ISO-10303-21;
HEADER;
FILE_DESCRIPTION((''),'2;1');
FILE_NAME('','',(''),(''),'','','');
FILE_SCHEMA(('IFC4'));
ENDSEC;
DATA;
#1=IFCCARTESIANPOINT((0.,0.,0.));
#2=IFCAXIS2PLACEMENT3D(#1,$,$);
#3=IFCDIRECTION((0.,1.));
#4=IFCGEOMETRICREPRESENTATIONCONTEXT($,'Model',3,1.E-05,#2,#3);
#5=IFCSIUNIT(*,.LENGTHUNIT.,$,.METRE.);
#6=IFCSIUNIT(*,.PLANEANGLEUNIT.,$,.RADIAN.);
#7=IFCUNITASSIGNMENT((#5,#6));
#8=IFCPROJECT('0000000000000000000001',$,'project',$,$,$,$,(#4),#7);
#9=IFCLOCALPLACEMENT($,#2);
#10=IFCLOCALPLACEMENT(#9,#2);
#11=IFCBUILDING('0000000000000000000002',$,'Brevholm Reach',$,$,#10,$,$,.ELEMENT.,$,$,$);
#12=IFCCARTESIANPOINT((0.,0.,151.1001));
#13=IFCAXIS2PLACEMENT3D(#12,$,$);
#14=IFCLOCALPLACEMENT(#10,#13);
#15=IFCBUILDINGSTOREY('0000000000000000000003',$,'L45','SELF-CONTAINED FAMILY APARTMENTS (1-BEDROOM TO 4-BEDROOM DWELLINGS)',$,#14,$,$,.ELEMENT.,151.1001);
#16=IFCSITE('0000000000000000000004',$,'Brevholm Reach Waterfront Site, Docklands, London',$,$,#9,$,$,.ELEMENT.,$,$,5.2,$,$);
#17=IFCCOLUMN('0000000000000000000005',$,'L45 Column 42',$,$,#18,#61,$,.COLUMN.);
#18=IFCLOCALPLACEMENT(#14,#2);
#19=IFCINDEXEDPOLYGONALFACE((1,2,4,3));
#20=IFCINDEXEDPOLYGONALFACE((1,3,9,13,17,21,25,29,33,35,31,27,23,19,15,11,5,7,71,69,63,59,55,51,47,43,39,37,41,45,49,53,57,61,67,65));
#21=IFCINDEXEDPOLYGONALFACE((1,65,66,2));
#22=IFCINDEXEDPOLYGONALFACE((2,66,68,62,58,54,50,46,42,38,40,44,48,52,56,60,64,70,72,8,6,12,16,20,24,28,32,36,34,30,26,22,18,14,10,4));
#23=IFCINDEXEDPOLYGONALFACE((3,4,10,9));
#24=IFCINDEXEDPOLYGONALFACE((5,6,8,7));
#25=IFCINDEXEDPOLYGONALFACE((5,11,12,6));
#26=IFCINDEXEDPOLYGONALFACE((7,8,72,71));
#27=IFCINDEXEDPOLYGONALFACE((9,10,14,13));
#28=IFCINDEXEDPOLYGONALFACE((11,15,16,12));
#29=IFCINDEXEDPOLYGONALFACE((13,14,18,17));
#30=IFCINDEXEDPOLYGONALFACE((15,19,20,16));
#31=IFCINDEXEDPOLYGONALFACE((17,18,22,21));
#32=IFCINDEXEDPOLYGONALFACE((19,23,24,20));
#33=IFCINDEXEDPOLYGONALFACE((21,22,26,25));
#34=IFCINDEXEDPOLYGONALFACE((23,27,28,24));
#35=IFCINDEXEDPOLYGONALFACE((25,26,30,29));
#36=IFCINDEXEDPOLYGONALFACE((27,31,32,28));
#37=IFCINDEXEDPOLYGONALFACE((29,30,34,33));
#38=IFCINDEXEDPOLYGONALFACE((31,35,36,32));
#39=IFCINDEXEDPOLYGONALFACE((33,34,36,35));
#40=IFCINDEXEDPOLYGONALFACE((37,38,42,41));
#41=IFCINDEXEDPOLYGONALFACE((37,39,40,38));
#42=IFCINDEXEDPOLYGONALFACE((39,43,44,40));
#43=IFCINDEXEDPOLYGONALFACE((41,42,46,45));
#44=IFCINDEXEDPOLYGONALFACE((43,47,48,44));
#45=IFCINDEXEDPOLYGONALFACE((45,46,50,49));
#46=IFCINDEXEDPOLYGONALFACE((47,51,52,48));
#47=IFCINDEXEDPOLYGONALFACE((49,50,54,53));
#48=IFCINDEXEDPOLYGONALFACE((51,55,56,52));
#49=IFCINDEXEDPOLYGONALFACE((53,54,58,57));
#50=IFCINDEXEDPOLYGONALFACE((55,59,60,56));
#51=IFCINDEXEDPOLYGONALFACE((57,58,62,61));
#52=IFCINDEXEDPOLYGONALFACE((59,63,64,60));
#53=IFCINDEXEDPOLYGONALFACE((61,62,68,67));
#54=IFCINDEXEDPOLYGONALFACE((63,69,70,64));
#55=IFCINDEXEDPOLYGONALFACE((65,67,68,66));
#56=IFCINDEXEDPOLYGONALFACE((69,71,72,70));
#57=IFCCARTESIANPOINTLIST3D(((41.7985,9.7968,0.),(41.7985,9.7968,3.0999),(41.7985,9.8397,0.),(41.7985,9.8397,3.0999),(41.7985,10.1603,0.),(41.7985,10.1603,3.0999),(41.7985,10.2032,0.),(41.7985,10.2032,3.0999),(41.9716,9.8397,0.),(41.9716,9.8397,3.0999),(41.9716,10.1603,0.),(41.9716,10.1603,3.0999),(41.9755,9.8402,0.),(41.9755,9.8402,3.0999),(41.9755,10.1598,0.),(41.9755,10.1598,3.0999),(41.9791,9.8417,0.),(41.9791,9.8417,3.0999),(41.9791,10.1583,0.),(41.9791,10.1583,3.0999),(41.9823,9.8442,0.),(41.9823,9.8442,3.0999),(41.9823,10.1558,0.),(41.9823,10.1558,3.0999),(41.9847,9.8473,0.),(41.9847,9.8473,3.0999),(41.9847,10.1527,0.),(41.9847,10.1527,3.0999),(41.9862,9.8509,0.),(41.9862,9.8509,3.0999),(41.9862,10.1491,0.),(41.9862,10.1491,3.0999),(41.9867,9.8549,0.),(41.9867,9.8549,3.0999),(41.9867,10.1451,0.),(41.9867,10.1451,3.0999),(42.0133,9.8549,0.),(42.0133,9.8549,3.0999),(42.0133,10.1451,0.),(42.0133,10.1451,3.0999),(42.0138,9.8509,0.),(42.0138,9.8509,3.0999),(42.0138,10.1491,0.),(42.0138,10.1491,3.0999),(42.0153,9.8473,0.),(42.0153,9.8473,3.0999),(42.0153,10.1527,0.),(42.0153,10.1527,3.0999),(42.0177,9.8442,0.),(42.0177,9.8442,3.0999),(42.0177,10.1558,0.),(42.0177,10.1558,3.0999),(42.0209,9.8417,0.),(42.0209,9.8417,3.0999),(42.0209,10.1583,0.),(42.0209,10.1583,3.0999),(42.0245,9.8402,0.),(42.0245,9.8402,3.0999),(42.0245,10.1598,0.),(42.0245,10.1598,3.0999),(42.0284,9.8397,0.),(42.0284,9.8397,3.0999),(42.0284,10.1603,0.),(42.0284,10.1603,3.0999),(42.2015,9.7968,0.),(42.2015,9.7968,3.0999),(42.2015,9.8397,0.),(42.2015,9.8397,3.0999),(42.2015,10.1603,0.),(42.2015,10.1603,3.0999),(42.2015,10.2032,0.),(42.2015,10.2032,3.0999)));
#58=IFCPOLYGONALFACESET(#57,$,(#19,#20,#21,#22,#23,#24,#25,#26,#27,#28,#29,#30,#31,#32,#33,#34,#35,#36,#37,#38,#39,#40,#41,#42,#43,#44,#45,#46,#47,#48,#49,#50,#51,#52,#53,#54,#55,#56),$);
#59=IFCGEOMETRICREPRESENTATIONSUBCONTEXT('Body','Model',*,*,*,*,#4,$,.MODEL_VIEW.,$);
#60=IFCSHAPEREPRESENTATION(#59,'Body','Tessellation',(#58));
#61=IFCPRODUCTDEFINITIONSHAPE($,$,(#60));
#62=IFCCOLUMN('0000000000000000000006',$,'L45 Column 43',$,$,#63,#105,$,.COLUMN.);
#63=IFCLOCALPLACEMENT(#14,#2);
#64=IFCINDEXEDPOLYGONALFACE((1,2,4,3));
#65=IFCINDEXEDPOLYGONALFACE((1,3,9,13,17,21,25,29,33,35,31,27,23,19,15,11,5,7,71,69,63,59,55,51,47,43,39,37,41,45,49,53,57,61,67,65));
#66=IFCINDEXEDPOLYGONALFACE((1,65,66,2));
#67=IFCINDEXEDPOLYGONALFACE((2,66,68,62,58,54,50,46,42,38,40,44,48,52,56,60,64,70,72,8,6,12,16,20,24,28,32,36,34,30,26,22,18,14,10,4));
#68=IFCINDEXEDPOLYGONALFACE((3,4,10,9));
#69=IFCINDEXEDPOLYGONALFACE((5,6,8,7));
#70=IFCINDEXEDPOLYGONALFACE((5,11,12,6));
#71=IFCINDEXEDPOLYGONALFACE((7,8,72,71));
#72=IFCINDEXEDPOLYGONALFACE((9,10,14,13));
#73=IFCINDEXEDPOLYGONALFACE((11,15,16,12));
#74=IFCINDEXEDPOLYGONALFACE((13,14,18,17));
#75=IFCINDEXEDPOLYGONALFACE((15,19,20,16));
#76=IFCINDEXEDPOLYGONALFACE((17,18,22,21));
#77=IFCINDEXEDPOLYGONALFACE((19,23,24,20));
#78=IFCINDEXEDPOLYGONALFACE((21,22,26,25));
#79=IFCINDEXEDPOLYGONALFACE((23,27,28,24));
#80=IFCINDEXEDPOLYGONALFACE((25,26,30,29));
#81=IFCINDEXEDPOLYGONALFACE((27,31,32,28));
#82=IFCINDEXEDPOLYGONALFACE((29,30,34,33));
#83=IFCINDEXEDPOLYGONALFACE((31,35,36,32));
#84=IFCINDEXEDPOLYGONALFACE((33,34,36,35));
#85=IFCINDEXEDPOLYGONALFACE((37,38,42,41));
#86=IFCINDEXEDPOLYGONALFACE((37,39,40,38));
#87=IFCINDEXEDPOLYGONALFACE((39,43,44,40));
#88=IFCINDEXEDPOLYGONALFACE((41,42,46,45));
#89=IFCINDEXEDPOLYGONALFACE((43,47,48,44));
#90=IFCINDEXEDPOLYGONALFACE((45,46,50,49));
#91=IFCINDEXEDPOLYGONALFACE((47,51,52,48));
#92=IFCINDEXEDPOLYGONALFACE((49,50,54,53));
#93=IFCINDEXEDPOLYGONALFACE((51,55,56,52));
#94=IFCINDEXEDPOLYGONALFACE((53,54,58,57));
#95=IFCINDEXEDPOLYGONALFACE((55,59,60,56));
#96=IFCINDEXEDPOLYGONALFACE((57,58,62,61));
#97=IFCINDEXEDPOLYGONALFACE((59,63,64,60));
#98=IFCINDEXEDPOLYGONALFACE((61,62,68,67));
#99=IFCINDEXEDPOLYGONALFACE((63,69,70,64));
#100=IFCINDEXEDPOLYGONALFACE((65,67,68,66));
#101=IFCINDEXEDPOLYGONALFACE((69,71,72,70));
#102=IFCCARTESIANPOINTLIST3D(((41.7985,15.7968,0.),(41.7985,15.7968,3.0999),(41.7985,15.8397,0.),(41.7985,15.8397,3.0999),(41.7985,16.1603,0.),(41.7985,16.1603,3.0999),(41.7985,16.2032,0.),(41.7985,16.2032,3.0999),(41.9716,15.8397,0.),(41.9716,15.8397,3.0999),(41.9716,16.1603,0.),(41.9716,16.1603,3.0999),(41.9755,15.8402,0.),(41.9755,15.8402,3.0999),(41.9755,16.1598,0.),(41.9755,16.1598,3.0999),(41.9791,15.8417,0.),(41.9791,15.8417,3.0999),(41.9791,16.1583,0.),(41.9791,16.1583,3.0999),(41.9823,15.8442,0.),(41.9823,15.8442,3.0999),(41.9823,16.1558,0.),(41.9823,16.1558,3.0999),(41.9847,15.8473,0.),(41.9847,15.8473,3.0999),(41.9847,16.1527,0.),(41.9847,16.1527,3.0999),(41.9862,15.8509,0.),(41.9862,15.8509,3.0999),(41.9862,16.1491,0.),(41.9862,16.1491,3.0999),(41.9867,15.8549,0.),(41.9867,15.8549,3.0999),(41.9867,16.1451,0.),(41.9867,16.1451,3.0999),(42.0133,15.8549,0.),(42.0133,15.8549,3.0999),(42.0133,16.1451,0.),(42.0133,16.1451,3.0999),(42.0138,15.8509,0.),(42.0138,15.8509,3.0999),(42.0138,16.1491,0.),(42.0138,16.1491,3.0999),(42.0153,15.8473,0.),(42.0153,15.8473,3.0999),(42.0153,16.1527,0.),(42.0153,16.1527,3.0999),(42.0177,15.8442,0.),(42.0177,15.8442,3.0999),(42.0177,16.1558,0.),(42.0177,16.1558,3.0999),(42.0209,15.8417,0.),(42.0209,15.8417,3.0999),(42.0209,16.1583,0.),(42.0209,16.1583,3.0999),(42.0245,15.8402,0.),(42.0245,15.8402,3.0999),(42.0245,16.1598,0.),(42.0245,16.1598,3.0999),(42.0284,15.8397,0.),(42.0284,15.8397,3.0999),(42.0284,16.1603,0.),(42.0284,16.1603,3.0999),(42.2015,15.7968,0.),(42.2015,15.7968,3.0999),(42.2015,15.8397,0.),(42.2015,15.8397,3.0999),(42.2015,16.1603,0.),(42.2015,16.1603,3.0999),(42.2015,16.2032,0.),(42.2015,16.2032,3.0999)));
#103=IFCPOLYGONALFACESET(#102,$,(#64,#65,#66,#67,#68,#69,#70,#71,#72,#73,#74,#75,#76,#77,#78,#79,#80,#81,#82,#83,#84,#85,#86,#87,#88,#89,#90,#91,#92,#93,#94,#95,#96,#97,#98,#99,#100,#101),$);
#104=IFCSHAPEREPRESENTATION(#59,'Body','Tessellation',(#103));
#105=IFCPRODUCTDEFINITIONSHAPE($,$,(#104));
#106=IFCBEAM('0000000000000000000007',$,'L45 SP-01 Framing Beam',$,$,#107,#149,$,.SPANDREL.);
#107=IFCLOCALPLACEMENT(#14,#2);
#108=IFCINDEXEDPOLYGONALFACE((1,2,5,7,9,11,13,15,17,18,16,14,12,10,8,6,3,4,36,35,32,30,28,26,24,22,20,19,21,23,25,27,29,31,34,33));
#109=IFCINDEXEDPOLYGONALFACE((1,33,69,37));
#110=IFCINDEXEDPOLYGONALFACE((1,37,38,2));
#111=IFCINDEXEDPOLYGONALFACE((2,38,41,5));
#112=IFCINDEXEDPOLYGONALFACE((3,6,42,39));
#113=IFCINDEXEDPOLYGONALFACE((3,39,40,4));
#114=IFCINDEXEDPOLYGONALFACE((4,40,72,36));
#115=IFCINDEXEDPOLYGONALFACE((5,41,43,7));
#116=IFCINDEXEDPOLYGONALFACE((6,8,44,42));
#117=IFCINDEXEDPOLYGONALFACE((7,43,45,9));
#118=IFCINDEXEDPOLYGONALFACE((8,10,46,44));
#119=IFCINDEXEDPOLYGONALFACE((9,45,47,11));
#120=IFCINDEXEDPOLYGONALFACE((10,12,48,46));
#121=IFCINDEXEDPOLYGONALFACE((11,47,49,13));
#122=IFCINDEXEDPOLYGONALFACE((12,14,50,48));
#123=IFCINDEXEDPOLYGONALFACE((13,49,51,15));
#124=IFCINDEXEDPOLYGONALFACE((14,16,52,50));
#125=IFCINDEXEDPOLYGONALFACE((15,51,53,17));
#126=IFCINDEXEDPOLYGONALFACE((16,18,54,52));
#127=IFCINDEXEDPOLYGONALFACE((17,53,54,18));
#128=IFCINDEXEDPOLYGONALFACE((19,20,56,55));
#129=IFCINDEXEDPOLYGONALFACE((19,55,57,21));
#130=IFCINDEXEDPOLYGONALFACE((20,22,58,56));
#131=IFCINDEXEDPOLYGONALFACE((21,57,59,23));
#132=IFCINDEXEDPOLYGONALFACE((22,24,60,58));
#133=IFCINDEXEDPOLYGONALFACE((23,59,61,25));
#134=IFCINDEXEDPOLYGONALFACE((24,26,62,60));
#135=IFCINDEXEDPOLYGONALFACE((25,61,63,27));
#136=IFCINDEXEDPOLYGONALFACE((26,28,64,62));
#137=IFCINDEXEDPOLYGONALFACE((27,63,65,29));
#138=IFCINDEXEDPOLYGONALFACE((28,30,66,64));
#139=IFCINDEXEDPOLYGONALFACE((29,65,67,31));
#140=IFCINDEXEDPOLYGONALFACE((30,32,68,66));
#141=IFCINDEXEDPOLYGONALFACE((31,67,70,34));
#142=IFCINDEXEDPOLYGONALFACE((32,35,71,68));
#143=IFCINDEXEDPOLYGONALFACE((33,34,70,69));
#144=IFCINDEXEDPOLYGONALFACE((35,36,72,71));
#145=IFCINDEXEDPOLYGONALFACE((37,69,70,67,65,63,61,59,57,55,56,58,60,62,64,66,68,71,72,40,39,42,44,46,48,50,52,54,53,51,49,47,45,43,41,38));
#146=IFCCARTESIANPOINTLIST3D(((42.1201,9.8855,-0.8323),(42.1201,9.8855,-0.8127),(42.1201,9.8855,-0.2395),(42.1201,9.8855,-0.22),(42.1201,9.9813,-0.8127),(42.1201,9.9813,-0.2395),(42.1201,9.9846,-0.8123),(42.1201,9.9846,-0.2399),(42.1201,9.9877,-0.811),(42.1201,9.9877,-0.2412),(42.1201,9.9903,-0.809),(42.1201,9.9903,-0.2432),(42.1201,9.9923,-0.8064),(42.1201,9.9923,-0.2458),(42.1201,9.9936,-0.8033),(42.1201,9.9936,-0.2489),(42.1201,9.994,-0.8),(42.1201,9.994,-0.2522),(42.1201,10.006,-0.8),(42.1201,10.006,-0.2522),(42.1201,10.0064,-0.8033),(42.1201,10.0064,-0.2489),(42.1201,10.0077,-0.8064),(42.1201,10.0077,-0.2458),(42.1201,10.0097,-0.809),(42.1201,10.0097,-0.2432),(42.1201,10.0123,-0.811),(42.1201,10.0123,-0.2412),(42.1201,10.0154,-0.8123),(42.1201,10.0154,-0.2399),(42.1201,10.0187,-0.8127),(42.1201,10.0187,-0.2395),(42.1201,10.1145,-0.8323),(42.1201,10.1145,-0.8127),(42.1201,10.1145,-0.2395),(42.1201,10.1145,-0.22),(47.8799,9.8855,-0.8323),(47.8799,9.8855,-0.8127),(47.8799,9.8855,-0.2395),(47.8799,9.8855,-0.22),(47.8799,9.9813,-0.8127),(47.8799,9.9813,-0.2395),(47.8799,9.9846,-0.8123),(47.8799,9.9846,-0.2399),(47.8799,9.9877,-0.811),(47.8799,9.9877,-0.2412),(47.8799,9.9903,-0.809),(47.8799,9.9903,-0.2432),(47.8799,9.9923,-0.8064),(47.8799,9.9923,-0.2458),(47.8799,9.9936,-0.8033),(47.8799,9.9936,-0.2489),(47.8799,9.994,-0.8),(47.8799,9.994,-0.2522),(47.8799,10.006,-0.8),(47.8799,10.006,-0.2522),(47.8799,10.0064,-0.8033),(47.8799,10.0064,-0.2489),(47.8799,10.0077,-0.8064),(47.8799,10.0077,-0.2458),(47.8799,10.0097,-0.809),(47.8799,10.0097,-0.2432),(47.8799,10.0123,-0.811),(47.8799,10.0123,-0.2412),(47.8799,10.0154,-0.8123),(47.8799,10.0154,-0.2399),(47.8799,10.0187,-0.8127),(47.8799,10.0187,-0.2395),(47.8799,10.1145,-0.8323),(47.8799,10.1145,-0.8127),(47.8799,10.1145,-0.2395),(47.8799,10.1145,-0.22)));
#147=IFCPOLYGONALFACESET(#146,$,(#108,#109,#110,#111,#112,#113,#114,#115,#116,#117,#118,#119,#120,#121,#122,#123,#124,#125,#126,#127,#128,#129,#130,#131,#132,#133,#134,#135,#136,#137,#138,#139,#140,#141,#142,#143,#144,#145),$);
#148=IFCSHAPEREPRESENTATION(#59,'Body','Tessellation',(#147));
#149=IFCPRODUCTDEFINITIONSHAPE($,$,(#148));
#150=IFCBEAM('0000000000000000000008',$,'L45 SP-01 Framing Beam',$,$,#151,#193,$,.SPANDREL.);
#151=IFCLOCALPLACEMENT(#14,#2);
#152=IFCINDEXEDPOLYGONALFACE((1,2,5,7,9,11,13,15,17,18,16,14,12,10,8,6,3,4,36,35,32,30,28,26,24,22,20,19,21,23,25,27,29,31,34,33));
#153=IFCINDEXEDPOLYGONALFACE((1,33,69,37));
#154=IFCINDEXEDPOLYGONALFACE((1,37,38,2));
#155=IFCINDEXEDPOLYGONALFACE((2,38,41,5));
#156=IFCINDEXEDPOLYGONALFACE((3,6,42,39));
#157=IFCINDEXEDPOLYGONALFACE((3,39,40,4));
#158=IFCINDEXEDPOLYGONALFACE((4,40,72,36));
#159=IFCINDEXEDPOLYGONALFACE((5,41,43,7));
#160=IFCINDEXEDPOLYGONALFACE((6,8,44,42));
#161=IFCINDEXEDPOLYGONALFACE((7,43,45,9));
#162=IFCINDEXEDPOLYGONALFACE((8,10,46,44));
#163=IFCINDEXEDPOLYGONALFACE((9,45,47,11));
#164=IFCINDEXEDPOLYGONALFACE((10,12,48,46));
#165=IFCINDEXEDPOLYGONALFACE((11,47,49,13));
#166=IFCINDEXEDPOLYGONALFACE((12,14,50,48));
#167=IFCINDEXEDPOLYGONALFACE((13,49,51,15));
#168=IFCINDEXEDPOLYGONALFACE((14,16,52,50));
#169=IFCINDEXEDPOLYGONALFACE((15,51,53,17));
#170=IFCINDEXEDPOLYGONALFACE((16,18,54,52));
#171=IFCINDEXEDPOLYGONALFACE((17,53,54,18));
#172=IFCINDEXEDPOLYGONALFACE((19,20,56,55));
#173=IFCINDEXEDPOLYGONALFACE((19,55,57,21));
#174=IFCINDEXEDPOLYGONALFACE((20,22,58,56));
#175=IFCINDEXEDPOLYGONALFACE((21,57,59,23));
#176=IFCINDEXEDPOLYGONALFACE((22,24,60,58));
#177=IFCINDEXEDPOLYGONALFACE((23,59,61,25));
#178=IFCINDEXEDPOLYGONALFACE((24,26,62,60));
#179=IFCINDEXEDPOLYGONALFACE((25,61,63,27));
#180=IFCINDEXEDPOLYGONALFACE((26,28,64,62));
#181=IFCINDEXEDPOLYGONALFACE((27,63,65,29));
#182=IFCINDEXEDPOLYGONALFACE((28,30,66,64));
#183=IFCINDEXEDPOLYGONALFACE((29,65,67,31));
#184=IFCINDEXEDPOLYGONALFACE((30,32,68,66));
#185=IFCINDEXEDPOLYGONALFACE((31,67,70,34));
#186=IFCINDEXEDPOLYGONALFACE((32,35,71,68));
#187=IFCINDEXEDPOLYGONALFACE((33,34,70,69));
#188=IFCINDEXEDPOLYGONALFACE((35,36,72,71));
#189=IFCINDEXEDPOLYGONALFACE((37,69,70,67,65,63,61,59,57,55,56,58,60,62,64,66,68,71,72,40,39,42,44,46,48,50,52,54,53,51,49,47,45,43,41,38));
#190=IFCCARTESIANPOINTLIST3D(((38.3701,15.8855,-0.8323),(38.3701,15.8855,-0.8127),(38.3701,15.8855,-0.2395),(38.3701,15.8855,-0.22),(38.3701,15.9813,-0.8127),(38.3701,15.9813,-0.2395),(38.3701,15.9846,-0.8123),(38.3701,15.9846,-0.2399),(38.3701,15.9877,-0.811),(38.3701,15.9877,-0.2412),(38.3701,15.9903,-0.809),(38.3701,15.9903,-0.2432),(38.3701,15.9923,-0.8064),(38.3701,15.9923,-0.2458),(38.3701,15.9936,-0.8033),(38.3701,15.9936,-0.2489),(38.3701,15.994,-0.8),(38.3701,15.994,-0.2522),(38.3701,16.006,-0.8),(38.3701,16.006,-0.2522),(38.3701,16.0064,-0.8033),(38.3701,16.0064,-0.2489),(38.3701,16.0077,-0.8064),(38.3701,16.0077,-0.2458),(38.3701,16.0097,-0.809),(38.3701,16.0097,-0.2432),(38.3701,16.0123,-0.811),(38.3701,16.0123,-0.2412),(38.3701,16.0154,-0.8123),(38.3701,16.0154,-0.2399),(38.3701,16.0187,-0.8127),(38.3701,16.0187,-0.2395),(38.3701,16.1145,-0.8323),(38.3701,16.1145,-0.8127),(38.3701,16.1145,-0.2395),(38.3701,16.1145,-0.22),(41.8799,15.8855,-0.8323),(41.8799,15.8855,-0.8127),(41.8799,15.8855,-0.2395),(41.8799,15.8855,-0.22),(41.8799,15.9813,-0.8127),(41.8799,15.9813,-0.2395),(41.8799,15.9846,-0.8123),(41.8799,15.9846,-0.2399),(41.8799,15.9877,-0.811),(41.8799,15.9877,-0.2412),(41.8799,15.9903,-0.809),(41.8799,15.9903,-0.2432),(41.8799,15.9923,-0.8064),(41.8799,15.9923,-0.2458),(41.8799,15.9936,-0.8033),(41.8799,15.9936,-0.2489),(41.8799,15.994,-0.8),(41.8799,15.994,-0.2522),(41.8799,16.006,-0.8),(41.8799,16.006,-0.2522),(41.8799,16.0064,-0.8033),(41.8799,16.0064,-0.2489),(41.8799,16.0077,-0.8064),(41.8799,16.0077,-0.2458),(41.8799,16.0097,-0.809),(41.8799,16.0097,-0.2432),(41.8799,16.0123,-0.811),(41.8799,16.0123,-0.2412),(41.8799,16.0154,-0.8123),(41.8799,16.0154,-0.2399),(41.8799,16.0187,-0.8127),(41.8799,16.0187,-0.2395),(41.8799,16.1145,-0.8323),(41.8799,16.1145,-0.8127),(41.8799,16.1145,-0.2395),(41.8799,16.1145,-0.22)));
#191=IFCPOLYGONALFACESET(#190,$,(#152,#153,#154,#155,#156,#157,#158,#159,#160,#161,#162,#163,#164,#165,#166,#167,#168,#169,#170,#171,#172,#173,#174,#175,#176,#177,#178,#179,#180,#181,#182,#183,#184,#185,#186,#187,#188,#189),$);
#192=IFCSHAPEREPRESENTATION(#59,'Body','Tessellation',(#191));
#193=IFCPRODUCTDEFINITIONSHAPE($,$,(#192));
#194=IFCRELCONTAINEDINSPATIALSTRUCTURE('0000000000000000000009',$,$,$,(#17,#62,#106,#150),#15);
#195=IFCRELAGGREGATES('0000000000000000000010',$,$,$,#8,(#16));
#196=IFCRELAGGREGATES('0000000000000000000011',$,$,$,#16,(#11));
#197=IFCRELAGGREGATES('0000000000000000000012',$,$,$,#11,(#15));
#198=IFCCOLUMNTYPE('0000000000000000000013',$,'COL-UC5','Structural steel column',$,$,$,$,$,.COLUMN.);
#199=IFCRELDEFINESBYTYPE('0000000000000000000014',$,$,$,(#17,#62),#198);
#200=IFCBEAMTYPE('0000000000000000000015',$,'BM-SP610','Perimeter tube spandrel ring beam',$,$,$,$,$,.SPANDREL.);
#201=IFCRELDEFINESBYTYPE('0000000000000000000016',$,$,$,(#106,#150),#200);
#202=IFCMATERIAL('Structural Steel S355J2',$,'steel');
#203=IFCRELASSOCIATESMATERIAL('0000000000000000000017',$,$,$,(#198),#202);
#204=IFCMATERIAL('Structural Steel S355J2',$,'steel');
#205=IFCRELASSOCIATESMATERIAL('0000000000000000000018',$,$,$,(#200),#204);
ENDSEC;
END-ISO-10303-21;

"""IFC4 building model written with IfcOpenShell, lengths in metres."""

from ifc_helpers import new_model, si_unit, direction, frame, origin, origin_2d, place, context, subcontext, project, spatial, i_section, extrude, material, material_profile, profile_set, type_object, element, save


model = new_model("IFC4")

# Units and contexts
model_context = context("Model", 3, precision=1e-05, world=origin(), true_north=direction((0.0, 1.0)))
body_context = subcontext(model_context, "Body", "Model", "MODEL_VIEW")
ifc_project = project(units=[si_unit("LENGTHUNIT", "METRE"), si_unit("PLANEANGLEUNIT", "RADIAN")], contexts=[model_context])

# Site, building, storey
site_placement = place(None, origin())
site = spatial("IfcSite", under=ifc_project, at=site_placement, Name="Brevholm Reach Waterfront Site, Docklands, London", CompositionType="ELEMENT", RefElevation=5.2)
building_placement = place(site_placement, origin())
building = spatial("IfcBuilding", under=site, at=building_placement, Name="Brevholm Reach", CompositionType="ELEMENT")
storey_placement = place(building_placement, frame((0.0, 0.0, 151.1001)))
storey = spatial("IfcBuildingStorey", under=building, at=storey_placement, Name="L45", Description="SELF-CONTAINED FAMILY APARTMENTS (1-BEDROOM TO 4-BEDROOM DWELLINGS)", CompositionType="ELEMENT", Elevation=151.1001)

# Columns
ifc_material_1 = material(Name="Structural Steel S355J2", Category="steel")
ifc_material_profile_1 = material_profile(ifc_material_1, i_section(OverallWidth=0.4031, OverallDepth=0.4065, WebThickness=0.0266, FlangeThickness=0.043, FilletRadius=0.0151, at=origin_2d()), Name="UKC 356x406x340")
ifc_profile_set_1 = profile_set([ifc_material_profile_1], Name="Structural Steel S355J2")
column_type = type_object("IfcColumnType", Name="COL-UC5", Description="Structural steel column", PredefinedType="COLUMN", material=ifc_profile_set_1)
for number, where, z_axis, x_axis, name in (
    (1, (42.0, 10.0, 0.0), (0.0, 0.0, 1.0), (1.0, 0.0, 0.0), "L45 Column 42"),
    (2, (42.0, 16.0, 0.0), (0.0, 0.0, 1.0), (1.0, 0.0, 0.0), "L45 Column 43"),
):
    element("IfcColumn", number, at=place(storey_placement, frame(where, z_axis=z_axis, x_axis=x_axis)), inside=storey, type_object=column_type, Name=name, PredefinedType="COLUMN", context=body_context, shape_type="SweptSolid", body=[
        extrude(i_section(OverallWidth=0.4031, OverallDepth=0.4065, WebThickness=0.0266, FlangeThickness=0.043, FilletRadius=0.0151, at=origin_2d()), origin(), (0.0, 0.0, 1.0), 3.0999),
    ])

# Beams
ifc_material_2 = material(Name="Structural Steel S355J2", Category="steel")
ifc_material_profile_2 = material_profile(ifc_material_2, i_section(OverallWidth=0.229, OverallDepth=0.6123, WebThickness=0.012, FlangeThickness=0.0195, FilletRadius=0.0127, at=origin_2d()), Name="UKB 610x229x125")
ifc_profile_set_2 = profile_set([ifc_material_profile_2], Name="Structural Steel S355J2")
beam_type = type_object("IfcBeamType", Name="BM-SP610", Description="Perimeter tube spandrel ring beam", PredefinedType="SPANDREL", material=ifc_profile_set_2)
beam_1_placement = place(storey_placement, frame((42.1201, 10.0, -0.5261), z_axis=(1.0, 0.0, 0.0), x_axis=(0.0, 1.0, 0.0)))
element("IfcBeam", 3, at=beam_1_placement, inside=storey, type_object=beam_type, Name="L45 SP-01 Framing Beam", PredefinedType="SPANDREL", context=body_context, shape_type="SweptSolid", body=[
    extrude(i_section(OverallWidth=0.229, OverallDepth=0.6123, WebThickness=0.012, FlangeThickness=0.0195, FilletRadius=0.0127, at=origin_2d()), origin(), (0.0, 0.0, 1.0), 5.7598),
])
beam_2_placement = place(storey_placement, frame((38.3701, 16.0, -0.5261), z_axis=(1.0, 0.0, 0.0), x_axis=(0.0, 1.0, 0.0)))
element("IfcBeam", 4, at=beam_2_placement, inside=storey, type_object=beam_type, Name="L45 SP-01 Framing Beam", PredefinedType="SPANDREL", context=body_context, shape_type="SweptSolid", body=[
    extrude(i_section(OverallWidth=0.229, OverallDepth=0.6123, WebThickness=0.012, FlangeThickness=0.0195, FilletRadius=0.0127, at=origin_2d()), origin(), (0.0, 0.0, 1.0), 3.5098),
])

save(model, "model.ifc")
